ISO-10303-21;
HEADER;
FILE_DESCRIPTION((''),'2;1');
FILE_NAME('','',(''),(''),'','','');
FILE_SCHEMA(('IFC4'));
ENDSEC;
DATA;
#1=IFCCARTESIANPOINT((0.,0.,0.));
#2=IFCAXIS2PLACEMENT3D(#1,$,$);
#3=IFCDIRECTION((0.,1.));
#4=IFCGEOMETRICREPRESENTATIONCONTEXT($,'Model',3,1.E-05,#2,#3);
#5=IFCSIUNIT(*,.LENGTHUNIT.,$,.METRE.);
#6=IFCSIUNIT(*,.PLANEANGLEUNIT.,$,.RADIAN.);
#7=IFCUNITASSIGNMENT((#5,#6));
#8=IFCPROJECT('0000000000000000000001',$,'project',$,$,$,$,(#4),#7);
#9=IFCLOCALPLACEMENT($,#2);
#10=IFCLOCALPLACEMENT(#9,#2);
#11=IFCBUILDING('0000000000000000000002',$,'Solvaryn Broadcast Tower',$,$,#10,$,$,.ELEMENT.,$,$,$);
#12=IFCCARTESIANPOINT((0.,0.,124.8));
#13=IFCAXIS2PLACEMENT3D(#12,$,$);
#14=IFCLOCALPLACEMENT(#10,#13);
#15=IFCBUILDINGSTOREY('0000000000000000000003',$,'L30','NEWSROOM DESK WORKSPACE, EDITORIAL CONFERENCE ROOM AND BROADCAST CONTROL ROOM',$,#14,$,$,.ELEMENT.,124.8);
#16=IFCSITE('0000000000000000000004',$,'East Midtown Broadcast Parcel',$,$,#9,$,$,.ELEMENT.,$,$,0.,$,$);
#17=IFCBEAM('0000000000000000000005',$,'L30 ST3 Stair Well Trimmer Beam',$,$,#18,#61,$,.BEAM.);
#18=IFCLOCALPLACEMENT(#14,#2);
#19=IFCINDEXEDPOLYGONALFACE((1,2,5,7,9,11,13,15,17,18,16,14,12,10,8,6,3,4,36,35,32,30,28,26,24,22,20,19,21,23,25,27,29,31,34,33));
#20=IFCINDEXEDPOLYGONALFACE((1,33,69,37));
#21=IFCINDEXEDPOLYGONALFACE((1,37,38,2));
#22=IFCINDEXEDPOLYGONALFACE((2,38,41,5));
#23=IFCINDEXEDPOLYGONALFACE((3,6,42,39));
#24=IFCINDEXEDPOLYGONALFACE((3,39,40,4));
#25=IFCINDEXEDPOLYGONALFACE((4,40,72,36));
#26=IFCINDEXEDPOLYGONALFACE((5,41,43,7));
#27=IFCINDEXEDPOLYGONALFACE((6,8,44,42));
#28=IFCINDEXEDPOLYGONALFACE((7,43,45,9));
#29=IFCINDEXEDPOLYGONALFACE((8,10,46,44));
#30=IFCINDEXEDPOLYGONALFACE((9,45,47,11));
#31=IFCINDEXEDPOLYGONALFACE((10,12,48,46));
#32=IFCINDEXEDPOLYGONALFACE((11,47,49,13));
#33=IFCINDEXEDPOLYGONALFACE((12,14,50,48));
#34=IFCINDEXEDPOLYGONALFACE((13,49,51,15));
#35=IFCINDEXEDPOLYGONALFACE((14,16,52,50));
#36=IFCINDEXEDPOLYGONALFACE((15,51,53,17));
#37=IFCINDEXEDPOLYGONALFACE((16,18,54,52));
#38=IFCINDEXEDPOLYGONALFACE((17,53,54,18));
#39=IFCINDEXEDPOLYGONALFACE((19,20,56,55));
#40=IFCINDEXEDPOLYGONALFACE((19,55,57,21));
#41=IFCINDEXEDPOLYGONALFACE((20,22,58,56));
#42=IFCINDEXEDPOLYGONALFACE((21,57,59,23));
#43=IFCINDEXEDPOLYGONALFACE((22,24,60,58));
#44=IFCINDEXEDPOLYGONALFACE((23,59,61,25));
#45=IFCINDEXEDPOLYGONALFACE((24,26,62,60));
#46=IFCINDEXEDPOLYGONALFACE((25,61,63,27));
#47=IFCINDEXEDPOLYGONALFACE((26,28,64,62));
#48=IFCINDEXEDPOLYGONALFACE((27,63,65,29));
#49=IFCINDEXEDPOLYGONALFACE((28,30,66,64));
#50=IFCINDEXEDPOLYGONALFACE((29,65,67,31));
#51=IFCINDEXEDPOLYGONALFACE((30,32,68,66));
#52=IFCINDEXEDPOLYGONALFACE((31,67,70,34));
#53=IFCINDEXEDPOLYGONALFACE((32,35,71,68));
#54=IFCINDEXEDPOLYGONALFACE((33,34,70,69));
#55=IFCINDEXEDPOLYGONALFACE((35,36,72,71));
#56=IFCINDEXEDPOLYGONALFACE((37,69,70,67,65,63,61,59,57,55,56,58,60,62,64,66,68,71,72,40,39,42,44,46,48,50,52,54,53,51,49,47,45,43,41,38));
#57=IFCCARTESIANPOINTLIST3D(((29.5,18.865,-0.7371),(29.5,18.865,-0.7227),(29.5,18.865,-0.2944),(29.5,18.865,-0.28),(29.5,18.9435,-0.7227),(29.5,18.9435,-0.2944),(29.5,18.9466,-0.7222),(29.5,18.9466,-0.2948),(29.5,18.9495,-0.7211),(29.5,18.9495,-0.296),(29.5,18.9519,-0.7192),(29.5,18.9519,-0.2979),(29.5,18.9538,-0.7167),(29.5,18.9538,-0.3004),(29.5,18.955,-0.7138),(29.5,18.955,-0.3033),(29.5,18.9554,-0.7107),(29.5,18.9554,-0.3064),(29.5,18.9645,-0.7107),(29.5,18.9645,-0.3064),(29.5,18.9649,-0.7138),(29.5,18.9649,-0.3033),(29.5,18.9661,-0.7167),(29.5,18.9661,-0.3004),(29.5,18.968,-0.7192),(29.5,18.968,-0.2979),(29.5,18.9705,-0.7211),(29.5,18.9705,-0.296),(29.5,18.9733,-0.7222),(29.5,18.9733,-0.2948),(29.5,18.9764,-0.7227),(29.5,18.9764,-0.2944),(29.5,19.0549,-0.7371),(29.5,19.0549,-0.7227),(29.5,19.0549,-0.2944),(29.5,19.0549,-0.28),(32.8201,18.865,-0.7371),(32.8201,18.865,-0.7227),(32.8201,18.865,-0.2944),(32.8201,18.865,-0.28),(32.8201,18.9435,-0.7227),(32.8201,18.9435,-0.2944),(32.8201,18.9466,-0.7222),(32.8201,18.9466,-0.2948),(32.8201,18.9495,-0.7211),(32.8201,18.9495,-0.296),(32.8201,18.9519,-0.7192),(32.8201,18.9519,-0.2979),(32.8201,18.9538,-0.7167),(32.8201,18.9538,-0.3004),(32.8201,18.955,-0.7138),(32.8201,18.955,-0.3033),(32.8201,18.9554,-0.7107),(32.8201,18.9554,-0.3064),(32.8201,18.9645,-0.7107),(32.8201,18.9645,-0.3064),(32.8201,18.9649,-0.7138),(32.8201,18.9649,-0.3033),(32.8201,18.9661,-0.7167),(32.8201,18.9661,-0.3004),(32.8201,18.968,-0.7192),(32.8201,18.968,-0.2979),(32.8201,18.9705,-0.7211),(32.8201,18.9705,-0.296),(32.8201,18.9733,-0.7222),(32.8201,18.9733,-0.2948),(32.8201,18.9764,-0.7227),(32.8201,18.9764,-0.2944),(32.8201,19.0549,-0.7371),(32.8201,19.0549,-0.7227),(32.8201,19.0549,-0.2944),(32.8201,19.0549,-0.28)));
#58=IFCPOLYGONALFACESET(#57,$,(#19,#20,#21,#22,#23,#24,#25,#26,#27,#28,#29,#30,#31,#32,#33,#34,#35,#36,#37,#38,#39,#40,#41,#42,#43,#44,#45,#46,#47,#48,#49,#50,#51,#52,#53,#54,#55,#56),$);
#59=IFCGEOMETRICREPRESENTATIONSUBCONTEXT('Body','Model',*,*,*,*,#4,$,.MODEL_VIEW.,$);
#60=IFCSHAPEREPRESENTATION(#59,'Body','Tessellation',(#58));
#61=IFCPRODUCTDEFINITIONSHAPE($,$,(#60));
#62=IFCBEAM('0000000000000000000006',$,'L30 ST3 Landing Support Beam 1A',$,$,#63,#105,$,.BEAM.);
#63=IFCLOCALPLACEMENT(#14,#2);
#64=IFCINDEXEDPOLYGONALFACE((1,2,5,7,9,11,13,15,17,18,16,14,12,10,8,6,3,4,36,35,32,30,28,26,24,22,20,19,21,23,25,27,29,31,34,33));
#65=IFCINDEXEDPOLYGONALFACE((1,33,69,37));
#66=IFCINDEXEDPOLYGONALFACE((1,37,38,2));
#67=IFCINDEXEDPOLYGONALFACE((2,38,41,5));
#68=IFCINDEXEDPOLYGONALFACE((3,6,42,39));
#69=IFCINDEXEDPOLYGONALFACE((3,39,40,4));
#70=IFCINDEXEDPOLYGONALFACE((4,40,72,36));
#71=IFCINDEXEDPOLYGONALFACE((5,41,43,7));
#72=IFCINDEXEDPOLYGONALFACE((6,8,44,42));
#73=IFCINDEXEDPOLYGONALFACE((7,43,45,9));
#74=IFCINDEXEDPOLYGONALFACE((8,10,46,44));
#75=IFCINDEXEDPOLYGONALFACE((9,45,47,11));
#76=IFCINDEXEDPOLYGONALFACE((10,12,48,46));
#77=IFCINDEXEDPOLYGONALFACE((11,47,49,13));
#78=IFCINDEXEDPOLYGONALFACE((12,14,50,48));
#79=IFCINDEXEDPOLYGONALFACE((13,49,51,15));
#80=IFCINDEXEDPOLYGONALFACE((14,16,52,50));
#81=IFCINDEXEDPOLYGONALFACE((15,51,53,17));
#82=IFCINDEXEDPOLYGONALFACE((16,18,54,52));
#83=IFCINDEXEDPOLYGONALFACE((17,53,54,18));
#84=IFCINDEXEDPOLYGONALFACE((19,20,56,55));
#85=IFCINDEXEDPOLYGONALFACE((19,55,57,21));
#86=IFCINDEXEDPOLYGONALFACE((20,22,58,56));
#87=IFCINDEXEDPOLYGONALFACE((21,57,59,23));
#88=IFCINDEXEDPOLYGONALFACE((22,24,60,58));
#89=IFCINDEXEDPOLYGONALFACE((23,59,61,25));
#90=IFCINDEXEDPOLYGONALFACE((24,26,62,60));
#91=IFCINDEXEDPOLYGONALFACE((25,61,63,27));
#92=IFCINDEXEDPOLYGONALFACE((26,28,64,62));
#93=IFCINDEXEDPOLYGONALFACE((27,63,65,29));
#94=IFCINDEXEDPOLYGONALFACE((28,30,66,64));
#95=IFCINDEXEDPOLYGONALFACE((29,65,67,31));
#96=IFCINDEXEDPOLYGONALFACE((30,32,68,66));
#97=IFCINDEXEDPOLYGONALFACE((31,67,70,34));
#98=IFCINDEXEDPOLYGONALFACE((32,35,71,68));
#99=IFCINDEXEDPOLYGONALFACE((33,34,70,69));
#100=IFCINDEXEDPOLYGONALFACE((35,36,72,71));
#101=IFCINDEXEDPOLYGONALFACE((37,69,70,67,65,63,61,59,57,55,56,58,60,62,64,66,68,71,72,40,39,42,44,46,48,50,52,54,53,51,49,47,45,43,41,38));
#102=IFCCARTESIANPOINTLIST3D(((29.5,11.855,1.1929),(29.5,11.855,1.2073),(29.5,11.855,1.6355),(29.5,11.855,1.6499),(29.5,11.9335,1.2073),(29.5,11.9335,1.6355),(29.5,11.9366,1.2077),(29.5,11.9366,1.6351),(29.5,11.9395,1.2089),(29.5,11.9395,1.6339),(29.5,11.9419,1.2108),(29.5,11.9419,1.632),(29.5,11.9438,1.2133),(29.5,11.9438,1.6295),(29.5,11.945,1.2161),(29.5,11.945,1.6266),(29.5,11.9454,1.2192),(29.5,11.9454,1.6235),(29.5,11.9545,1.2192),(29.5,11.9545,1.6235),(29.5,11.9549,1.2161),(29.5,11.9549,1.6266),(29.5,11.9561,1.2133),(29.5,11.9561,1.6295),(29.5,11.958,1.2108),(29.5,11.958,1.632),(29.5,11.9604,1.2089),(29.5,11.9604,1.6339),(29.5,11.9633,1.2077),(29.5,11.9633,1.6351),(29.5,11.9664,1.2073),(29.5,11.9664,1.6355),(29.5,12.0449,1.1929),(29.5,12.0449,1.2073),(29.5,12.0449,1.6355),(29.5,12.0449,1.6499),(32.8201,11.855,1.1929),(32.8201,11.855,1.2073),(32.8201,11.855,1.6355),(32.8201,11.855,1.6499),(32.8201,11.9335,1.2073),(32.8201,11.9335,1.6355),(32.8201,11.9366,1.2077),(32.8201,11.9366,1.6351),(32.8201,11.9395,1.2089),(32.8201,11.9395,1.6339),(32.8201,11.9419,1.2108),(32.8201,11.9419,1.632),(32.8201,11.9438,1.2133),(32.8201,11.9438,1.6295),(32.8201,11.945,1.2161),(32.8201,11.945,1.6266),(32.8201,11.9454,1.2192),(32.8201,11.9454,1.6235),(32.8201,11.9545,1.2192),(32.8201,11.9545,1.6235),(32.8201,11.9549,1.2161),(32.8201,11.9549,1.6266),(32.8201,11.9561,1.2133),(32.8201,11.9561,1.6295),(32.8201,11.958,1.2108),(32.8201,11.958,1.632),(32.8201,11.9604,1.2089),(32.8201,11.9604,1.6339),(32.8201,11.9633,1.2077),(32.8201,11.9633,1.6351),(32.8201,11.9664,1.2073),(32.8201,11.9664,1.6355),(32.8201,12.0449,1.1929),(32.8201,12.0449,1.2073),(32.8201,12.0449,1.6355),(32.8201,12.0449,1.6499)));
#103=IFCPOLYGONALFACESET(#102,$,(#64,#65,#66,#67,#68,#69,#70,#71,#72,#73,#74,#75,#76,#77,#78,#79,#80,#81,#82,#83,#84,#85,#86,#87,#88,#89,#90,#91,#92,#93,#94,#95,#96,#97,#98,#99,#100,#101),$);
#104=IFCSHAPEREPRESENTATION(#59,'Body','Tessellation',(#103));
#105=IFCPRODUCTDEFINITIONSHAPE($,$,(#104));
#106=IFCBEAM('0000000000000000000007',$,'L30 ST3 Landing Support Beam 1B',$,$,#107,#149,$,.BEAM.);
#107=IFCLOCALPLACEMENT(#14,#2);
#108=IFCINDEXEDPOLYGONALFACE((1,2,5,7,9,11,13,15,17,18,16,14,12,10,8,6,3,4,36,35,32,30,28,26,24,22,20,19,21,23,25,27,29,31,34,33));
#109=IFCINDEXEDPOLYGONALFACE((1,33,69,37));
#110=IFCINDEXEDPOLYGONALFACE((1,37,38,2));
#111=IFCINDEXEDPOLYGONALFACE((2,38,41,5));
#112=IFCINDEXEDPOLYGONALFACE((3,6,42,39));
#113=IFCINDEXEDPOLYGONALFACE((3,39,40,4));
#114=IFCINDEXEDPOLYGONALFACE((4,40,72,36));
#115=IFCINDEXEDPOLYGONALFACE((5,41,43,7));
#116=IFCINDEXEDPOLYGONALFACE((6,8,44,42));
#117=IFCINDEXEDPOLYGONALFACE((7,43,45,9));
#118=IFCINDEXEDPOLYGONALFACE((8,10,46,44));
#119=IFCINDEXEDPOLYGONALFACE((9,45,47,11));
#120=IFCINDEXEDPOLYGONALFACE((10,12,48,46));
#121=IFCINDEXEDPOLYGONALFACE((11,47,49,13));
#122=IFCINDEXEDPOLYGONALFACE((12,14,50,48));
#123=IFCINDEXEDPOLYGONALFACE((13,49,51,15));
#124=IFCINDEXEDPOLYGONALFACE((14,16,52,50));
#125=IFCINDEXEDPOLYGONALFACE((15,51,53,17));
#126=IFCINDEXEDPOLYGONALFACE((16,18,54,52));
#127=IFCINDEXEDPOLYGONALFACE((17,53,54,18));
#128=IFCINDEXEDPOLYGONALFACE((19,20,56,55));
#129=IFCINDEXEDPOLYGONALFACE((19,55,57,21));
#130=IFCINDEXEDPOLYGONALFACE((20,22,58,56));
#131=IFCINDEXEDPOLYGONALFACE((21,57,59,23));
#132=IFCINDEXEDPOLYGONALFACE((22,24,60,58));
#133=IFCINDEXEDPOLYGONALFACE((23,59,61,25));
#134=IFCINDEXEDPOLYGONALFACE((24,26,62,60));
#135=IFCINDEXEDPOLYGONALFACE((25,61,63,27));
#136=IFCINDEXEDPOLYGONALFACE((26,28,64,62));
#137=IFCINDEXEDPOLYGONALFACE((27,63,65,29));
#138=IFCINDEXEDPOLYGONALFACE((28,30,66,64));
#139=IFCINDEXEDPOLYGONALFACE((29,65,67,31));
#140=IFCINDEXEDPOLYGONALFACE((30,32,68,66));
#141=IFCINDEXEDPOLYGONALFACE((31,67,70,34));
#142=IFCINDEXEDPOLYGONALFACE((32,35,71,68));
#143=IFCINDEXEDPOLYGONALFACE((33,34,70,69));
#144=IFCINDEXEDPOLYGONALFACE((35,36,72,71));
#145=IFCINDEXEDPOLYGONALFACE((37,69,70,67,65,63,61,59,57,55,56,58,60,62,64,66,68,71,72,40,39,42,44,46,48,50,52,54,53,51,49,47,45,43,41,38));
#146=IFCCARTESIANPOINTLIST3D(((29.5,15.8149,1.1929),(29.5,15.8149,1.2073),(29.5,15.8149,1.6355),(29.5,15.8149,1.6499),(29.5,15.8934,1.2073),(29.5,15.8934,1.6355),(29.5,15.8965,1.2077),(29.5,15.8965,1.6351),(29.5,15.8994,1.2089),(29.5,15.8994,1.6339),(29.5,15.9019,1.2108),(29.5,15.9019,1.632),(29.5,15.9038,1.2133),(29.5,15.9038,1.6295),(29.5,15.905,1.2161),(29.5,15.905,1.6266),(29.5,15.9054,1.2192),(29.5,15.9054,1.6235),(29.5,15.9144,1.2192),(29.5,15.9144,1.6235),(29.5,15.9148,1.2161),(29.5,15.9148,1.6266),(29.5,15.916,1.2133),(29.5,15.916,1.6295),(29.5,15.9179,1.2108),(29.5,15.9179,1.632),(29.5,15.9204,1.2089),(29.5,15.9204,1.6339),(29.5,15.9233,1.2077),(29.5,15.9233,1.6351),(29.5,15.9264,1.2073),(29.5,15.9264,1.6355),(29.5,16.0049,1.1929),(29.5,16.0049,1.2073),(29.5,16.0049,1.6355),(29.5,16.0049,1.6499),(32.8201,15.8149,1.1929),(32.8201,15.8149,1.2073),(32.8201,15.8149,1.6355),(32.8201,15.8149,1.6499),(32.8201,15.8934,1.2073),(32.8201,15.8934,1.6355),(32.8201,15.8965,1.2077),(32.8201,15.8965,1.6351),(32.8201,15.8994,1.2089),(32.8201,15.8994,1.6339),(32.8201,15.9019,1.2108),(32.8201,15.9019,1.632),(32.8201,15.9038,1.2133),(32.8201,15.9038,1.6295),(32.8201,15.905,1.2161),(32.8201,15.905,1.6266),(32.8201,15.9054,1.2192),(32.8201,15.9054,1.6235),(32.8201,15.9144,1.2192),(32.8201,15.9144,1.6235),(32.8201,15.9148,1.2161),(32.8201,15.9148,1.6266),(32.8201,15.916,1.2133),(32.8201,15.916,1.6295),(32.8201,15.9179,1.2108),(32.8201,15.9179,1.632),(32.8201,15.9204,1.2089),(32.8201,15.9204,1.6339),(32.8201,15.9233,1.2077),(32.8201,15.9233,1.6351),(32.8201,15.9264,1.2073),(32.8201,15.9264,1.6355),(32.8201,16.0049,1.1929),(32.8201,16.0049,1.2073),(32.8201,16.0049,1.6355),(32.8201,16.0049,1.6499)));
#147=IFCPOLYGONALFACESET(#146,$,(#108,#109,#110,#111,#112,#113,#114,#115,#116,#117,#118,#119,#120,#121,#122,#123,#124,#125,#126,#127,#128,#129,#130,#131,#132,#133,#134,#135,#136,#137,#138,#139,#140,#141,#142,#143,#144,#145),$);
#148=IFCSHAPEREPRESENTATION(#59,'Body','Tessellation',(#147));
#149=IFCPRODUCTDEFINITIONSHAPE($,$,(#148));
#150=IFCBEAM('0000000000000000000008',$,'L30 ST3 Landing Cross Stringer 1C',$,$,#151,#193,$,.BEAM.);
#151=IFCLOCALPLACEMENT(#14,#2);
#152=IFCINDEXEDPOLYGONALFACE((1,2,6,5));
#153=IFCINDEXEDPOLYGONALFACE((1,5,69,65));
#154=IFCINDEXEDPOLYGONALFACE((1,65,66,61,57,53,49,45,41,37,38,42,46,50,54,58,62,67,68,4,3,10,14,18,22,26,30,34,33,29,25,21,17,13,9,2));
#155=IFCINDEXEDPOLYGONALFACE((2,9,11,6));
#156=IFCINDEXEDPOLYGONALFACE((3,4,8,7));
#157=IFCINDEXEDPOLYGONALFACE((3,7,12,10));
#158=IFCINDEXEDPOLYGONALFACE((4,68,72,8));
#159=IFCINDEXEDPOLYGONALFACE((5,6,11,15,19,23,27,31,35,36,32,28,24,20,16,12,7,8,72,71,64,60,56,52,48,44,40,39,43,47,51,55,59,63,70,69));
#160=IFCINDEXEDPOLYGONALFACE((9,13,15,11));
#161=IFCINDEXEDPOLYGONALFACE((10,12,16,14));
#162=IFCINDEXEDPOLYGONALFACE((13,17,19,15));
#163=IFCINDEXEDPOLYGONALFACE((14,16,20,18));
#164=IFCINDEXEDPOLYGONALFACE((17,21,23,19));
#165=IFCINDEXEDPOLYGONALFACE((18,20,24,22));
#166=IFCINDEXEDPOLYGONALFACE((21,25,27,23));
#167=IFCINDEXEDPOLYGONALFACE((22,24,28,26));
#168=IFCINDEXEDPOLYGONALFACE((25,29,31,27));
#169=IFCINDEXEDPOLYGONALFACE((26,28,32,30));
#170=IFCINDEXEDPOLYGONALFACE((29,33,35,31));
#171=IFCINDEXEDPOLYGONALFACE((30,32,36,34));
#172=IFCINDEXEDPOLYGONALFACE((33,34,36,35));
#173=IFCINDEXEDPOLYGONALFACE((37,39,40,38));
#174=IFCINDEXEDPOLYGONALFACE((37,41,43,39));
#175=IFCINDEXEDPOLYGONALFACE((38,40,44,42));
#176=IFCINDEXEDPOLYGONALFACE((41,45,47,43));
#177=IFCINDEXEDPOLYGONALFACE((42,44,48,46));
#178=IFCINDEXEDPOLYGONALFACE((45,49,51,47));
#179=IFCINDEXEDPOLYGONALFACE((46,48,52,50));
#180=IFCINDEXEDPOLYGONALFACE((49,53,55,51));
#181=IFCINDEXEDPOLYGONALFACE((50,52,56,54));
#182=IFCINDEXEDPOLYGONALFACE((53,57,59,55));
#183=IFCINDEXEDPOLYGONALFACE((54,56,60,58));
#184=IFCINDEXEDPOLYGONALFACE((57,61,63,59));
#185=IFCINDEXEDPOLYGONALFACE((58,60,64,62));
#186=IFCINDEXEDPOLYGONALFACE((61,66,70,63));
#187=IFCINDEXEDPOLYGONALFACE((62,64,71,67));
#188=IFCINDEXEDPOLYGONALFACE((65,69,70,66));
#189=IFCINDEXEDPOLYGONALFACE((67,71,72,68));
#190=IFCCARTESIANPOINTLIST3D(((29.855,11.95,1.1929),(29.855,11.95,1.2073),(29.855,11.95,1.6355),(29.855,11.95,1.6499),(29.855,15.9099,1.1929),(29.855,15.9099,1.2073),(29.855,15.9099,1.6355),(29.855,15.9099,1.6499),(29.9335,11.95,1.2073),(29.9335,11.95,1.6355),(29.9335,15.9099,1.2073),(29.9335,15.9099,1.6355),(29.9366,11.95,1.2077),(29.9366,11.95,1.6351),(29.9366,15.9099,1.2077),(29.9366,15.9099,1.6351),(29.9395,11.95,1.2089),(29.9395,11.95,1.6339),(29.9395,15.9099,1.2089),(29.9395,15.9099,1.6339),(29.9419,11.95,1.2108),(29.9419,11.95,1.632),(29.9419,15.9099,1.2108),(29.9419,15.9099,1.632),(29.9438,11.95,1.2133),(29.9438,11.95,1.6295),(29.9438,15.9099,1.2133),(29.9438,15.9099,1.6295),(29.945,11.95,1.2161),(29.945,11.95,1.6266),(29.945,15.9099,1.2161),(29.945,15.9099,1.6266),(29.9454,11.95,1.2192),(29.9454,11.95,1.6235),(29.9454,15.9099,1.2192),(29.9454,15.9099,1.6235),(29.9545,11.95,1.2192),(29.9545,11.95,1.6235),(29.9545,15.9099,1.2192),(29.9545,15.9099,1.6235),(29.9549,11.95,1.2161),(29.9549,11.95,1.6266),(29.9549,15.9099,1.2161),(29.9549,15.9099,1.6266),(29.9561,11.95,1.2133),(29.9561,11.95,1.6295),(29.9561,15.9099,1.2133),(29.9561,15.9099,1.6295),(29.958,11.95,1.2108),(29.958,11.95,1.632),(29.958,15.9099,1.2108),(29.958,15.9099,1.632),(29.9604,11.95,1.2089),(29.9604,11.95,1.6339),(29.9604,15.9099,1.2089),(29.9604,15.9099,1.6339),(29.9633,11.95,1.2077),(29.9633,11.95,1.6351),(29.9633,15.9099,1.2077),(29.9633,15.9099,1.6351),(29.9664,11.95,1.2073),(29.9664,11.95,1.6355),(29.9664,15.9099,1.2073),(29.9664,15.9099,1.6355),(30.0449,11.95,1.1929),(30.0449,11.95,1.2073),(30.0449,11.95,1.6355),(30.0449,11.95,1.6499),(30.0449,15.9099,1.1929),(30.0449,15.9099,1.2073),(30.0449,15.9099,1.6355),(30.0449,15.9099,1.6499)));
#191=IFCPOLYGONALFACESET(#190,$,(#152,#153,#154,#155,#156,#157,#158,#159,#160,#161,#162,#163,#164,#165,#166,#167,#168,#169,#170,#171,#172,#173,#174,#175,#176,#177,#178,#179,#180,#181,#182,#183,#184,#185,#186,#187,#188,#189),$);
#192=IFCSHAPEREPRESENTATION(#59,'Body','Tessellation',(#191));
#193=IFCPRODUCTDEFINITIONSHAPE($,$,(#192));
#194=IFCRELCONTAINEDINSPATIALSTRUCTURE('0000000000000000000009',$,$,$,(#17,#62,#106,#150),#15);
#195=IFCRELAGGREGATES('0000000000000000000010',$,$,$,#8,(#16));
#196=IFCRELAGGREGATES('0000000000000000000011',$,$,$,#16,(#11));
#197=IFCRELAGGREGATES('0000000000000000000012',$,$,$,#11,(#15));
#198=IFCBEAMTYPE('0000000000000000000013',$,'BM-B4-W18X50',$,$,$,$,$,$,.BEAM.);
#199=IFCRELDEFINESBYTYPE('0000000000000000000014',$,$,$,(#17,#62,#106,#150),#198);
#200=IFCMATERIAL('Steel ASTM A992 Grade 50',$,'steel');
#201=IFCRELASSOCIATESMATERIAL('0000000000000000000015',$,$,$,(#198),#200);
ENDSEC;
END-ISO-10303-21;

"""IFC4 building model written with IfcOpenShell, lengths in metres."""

from ifc_helpers import new_model, si_unit, direction, frame, origin, origin_2d, place, context, subcontext, project, spatial, i_section, extrude, material, material_profile, profile_set, type_object, element, save


model = new_model("IFC4")

# Units and contexts
model_context = context("Model", 3, precision=1e-05, world=origin(), true_north=direction((0.0, 1.0)))
body_context = subcontext(model_context, "Body", "Model", "MODEL_VIEW")
ifc_project = project(units=[si_unit("LENGTHUNIT", "METRE"), si_unit("PLANEANGLEUNIT", "RADIAN")], contexts=[model_context])

# Site, building, storey
site_placement = place(None, origin())
site = spatial("IfcSite", under=ifc_project, at=site_placement, Name="East Midtown Broadcast Parcel", CompositionType="ELEMENT", RefElevation=0.0)
building_placement = place(site_placement, origin())
building = spatial("IfcBuilding", under=site, at=building_placement, Name="Solvaryn Broadcast Tower", CompositionType="ELEMENT")
storey_placement = place(building_placement, frame((0.0, 0.0, 124.8)))
storey = spatial("IfcBuildingStorey", under=building, at=storey_placement, Name="L30", Description="NEWSROOM DESK WORKSPACE, EDITORIAL CONFERENCE ROOM AND BROADCAST CONTROL ROOM", CompositionType="ELEMENT", Elevation=124.8)

# Beams
ifc_material_1 = material(Name="Steel ASTM A992 Grade 50", Category="steel")
ifc_material_profile_1 = material_profile(ifc_material_1, i_section(OverallWidth=0.1899, OverallDepth=0.457, WebThickness=0.009, FlangeThickness=0.0144, FilletRadius=0.012, at=origin_2d()))
ifc_profile_set_1 = profile_set([ifc_material_profile_1], Name="Steel ASTM A992 Grade 50")
beam_type_1 = type_object("IfcBeamType", Name="BM-B4-W18X50", PredefinedType="BEAM", material=ifc_profile_set_1)
for number, where, z_axis, x_axis, name in (
    (1, (29.5, 18.96, -0.5085), (1.0, 0.0, 0.0), (0.0, 1.0, 0.0), "L30 ST3 Stair Well Trimmer Beam"),
    (2, (29.5, 11.95, 1.4214), (1.0, 0.0, 0.0), (0.0, 1.0, 0.0), "L30 ST3 Landing Support Beam 1A"),
    (3, (29.5, 15.9099, 1.4214), (1.0, 0.0, 0.0), (0.0, 1.0, 0.0), "L30 ST3 Landing Support Beam 1B"),
):
    element("IfcBeam", number, at=place(storey_placement, frame(where, z_axis=z_axis, x_axis=x_axis)), inside=storey, type_object=beam_type_1, Name=name, PredefinedType="BEAM", context=body_context, shape_type="SweptSolid", body=[
        extrude(i_section(OverallWidth=0.1899, OverallDepth=0.457, WebThickness=0.009, FlangeThickness=0.0144, FilletRadius=0.012, at=origin_2d()), origin(), (0.0, 0.0, 1.0), 3.3201),
    ])
beam_1_placement = place(storey_placement, frame((29.95, 11.95, 1.4214), z_axis=(0.0, 1.0, 0.0), x_axis=(-1.0, 0.0, 0.0)))
element("IfcBeam", 4, at=beam_1_placement, inside=storey, type_object=beam_type_1, Name="L30 ST3 Landing Cross Stringer 1C", PredefinedType="BEAM", context=body_context, shape_type="SweptSolid", body=[
    extrude(i_section(OverallWidth=0.1899, OverallDepth=0.457, WebThickness=0.009, FlangeThickness=0.0144, FilletRadius=0.012, at=origin_2d()), origin(), (0.0, 0.0, 1.0), 3.96),
])

save(model, "model.ifc")
